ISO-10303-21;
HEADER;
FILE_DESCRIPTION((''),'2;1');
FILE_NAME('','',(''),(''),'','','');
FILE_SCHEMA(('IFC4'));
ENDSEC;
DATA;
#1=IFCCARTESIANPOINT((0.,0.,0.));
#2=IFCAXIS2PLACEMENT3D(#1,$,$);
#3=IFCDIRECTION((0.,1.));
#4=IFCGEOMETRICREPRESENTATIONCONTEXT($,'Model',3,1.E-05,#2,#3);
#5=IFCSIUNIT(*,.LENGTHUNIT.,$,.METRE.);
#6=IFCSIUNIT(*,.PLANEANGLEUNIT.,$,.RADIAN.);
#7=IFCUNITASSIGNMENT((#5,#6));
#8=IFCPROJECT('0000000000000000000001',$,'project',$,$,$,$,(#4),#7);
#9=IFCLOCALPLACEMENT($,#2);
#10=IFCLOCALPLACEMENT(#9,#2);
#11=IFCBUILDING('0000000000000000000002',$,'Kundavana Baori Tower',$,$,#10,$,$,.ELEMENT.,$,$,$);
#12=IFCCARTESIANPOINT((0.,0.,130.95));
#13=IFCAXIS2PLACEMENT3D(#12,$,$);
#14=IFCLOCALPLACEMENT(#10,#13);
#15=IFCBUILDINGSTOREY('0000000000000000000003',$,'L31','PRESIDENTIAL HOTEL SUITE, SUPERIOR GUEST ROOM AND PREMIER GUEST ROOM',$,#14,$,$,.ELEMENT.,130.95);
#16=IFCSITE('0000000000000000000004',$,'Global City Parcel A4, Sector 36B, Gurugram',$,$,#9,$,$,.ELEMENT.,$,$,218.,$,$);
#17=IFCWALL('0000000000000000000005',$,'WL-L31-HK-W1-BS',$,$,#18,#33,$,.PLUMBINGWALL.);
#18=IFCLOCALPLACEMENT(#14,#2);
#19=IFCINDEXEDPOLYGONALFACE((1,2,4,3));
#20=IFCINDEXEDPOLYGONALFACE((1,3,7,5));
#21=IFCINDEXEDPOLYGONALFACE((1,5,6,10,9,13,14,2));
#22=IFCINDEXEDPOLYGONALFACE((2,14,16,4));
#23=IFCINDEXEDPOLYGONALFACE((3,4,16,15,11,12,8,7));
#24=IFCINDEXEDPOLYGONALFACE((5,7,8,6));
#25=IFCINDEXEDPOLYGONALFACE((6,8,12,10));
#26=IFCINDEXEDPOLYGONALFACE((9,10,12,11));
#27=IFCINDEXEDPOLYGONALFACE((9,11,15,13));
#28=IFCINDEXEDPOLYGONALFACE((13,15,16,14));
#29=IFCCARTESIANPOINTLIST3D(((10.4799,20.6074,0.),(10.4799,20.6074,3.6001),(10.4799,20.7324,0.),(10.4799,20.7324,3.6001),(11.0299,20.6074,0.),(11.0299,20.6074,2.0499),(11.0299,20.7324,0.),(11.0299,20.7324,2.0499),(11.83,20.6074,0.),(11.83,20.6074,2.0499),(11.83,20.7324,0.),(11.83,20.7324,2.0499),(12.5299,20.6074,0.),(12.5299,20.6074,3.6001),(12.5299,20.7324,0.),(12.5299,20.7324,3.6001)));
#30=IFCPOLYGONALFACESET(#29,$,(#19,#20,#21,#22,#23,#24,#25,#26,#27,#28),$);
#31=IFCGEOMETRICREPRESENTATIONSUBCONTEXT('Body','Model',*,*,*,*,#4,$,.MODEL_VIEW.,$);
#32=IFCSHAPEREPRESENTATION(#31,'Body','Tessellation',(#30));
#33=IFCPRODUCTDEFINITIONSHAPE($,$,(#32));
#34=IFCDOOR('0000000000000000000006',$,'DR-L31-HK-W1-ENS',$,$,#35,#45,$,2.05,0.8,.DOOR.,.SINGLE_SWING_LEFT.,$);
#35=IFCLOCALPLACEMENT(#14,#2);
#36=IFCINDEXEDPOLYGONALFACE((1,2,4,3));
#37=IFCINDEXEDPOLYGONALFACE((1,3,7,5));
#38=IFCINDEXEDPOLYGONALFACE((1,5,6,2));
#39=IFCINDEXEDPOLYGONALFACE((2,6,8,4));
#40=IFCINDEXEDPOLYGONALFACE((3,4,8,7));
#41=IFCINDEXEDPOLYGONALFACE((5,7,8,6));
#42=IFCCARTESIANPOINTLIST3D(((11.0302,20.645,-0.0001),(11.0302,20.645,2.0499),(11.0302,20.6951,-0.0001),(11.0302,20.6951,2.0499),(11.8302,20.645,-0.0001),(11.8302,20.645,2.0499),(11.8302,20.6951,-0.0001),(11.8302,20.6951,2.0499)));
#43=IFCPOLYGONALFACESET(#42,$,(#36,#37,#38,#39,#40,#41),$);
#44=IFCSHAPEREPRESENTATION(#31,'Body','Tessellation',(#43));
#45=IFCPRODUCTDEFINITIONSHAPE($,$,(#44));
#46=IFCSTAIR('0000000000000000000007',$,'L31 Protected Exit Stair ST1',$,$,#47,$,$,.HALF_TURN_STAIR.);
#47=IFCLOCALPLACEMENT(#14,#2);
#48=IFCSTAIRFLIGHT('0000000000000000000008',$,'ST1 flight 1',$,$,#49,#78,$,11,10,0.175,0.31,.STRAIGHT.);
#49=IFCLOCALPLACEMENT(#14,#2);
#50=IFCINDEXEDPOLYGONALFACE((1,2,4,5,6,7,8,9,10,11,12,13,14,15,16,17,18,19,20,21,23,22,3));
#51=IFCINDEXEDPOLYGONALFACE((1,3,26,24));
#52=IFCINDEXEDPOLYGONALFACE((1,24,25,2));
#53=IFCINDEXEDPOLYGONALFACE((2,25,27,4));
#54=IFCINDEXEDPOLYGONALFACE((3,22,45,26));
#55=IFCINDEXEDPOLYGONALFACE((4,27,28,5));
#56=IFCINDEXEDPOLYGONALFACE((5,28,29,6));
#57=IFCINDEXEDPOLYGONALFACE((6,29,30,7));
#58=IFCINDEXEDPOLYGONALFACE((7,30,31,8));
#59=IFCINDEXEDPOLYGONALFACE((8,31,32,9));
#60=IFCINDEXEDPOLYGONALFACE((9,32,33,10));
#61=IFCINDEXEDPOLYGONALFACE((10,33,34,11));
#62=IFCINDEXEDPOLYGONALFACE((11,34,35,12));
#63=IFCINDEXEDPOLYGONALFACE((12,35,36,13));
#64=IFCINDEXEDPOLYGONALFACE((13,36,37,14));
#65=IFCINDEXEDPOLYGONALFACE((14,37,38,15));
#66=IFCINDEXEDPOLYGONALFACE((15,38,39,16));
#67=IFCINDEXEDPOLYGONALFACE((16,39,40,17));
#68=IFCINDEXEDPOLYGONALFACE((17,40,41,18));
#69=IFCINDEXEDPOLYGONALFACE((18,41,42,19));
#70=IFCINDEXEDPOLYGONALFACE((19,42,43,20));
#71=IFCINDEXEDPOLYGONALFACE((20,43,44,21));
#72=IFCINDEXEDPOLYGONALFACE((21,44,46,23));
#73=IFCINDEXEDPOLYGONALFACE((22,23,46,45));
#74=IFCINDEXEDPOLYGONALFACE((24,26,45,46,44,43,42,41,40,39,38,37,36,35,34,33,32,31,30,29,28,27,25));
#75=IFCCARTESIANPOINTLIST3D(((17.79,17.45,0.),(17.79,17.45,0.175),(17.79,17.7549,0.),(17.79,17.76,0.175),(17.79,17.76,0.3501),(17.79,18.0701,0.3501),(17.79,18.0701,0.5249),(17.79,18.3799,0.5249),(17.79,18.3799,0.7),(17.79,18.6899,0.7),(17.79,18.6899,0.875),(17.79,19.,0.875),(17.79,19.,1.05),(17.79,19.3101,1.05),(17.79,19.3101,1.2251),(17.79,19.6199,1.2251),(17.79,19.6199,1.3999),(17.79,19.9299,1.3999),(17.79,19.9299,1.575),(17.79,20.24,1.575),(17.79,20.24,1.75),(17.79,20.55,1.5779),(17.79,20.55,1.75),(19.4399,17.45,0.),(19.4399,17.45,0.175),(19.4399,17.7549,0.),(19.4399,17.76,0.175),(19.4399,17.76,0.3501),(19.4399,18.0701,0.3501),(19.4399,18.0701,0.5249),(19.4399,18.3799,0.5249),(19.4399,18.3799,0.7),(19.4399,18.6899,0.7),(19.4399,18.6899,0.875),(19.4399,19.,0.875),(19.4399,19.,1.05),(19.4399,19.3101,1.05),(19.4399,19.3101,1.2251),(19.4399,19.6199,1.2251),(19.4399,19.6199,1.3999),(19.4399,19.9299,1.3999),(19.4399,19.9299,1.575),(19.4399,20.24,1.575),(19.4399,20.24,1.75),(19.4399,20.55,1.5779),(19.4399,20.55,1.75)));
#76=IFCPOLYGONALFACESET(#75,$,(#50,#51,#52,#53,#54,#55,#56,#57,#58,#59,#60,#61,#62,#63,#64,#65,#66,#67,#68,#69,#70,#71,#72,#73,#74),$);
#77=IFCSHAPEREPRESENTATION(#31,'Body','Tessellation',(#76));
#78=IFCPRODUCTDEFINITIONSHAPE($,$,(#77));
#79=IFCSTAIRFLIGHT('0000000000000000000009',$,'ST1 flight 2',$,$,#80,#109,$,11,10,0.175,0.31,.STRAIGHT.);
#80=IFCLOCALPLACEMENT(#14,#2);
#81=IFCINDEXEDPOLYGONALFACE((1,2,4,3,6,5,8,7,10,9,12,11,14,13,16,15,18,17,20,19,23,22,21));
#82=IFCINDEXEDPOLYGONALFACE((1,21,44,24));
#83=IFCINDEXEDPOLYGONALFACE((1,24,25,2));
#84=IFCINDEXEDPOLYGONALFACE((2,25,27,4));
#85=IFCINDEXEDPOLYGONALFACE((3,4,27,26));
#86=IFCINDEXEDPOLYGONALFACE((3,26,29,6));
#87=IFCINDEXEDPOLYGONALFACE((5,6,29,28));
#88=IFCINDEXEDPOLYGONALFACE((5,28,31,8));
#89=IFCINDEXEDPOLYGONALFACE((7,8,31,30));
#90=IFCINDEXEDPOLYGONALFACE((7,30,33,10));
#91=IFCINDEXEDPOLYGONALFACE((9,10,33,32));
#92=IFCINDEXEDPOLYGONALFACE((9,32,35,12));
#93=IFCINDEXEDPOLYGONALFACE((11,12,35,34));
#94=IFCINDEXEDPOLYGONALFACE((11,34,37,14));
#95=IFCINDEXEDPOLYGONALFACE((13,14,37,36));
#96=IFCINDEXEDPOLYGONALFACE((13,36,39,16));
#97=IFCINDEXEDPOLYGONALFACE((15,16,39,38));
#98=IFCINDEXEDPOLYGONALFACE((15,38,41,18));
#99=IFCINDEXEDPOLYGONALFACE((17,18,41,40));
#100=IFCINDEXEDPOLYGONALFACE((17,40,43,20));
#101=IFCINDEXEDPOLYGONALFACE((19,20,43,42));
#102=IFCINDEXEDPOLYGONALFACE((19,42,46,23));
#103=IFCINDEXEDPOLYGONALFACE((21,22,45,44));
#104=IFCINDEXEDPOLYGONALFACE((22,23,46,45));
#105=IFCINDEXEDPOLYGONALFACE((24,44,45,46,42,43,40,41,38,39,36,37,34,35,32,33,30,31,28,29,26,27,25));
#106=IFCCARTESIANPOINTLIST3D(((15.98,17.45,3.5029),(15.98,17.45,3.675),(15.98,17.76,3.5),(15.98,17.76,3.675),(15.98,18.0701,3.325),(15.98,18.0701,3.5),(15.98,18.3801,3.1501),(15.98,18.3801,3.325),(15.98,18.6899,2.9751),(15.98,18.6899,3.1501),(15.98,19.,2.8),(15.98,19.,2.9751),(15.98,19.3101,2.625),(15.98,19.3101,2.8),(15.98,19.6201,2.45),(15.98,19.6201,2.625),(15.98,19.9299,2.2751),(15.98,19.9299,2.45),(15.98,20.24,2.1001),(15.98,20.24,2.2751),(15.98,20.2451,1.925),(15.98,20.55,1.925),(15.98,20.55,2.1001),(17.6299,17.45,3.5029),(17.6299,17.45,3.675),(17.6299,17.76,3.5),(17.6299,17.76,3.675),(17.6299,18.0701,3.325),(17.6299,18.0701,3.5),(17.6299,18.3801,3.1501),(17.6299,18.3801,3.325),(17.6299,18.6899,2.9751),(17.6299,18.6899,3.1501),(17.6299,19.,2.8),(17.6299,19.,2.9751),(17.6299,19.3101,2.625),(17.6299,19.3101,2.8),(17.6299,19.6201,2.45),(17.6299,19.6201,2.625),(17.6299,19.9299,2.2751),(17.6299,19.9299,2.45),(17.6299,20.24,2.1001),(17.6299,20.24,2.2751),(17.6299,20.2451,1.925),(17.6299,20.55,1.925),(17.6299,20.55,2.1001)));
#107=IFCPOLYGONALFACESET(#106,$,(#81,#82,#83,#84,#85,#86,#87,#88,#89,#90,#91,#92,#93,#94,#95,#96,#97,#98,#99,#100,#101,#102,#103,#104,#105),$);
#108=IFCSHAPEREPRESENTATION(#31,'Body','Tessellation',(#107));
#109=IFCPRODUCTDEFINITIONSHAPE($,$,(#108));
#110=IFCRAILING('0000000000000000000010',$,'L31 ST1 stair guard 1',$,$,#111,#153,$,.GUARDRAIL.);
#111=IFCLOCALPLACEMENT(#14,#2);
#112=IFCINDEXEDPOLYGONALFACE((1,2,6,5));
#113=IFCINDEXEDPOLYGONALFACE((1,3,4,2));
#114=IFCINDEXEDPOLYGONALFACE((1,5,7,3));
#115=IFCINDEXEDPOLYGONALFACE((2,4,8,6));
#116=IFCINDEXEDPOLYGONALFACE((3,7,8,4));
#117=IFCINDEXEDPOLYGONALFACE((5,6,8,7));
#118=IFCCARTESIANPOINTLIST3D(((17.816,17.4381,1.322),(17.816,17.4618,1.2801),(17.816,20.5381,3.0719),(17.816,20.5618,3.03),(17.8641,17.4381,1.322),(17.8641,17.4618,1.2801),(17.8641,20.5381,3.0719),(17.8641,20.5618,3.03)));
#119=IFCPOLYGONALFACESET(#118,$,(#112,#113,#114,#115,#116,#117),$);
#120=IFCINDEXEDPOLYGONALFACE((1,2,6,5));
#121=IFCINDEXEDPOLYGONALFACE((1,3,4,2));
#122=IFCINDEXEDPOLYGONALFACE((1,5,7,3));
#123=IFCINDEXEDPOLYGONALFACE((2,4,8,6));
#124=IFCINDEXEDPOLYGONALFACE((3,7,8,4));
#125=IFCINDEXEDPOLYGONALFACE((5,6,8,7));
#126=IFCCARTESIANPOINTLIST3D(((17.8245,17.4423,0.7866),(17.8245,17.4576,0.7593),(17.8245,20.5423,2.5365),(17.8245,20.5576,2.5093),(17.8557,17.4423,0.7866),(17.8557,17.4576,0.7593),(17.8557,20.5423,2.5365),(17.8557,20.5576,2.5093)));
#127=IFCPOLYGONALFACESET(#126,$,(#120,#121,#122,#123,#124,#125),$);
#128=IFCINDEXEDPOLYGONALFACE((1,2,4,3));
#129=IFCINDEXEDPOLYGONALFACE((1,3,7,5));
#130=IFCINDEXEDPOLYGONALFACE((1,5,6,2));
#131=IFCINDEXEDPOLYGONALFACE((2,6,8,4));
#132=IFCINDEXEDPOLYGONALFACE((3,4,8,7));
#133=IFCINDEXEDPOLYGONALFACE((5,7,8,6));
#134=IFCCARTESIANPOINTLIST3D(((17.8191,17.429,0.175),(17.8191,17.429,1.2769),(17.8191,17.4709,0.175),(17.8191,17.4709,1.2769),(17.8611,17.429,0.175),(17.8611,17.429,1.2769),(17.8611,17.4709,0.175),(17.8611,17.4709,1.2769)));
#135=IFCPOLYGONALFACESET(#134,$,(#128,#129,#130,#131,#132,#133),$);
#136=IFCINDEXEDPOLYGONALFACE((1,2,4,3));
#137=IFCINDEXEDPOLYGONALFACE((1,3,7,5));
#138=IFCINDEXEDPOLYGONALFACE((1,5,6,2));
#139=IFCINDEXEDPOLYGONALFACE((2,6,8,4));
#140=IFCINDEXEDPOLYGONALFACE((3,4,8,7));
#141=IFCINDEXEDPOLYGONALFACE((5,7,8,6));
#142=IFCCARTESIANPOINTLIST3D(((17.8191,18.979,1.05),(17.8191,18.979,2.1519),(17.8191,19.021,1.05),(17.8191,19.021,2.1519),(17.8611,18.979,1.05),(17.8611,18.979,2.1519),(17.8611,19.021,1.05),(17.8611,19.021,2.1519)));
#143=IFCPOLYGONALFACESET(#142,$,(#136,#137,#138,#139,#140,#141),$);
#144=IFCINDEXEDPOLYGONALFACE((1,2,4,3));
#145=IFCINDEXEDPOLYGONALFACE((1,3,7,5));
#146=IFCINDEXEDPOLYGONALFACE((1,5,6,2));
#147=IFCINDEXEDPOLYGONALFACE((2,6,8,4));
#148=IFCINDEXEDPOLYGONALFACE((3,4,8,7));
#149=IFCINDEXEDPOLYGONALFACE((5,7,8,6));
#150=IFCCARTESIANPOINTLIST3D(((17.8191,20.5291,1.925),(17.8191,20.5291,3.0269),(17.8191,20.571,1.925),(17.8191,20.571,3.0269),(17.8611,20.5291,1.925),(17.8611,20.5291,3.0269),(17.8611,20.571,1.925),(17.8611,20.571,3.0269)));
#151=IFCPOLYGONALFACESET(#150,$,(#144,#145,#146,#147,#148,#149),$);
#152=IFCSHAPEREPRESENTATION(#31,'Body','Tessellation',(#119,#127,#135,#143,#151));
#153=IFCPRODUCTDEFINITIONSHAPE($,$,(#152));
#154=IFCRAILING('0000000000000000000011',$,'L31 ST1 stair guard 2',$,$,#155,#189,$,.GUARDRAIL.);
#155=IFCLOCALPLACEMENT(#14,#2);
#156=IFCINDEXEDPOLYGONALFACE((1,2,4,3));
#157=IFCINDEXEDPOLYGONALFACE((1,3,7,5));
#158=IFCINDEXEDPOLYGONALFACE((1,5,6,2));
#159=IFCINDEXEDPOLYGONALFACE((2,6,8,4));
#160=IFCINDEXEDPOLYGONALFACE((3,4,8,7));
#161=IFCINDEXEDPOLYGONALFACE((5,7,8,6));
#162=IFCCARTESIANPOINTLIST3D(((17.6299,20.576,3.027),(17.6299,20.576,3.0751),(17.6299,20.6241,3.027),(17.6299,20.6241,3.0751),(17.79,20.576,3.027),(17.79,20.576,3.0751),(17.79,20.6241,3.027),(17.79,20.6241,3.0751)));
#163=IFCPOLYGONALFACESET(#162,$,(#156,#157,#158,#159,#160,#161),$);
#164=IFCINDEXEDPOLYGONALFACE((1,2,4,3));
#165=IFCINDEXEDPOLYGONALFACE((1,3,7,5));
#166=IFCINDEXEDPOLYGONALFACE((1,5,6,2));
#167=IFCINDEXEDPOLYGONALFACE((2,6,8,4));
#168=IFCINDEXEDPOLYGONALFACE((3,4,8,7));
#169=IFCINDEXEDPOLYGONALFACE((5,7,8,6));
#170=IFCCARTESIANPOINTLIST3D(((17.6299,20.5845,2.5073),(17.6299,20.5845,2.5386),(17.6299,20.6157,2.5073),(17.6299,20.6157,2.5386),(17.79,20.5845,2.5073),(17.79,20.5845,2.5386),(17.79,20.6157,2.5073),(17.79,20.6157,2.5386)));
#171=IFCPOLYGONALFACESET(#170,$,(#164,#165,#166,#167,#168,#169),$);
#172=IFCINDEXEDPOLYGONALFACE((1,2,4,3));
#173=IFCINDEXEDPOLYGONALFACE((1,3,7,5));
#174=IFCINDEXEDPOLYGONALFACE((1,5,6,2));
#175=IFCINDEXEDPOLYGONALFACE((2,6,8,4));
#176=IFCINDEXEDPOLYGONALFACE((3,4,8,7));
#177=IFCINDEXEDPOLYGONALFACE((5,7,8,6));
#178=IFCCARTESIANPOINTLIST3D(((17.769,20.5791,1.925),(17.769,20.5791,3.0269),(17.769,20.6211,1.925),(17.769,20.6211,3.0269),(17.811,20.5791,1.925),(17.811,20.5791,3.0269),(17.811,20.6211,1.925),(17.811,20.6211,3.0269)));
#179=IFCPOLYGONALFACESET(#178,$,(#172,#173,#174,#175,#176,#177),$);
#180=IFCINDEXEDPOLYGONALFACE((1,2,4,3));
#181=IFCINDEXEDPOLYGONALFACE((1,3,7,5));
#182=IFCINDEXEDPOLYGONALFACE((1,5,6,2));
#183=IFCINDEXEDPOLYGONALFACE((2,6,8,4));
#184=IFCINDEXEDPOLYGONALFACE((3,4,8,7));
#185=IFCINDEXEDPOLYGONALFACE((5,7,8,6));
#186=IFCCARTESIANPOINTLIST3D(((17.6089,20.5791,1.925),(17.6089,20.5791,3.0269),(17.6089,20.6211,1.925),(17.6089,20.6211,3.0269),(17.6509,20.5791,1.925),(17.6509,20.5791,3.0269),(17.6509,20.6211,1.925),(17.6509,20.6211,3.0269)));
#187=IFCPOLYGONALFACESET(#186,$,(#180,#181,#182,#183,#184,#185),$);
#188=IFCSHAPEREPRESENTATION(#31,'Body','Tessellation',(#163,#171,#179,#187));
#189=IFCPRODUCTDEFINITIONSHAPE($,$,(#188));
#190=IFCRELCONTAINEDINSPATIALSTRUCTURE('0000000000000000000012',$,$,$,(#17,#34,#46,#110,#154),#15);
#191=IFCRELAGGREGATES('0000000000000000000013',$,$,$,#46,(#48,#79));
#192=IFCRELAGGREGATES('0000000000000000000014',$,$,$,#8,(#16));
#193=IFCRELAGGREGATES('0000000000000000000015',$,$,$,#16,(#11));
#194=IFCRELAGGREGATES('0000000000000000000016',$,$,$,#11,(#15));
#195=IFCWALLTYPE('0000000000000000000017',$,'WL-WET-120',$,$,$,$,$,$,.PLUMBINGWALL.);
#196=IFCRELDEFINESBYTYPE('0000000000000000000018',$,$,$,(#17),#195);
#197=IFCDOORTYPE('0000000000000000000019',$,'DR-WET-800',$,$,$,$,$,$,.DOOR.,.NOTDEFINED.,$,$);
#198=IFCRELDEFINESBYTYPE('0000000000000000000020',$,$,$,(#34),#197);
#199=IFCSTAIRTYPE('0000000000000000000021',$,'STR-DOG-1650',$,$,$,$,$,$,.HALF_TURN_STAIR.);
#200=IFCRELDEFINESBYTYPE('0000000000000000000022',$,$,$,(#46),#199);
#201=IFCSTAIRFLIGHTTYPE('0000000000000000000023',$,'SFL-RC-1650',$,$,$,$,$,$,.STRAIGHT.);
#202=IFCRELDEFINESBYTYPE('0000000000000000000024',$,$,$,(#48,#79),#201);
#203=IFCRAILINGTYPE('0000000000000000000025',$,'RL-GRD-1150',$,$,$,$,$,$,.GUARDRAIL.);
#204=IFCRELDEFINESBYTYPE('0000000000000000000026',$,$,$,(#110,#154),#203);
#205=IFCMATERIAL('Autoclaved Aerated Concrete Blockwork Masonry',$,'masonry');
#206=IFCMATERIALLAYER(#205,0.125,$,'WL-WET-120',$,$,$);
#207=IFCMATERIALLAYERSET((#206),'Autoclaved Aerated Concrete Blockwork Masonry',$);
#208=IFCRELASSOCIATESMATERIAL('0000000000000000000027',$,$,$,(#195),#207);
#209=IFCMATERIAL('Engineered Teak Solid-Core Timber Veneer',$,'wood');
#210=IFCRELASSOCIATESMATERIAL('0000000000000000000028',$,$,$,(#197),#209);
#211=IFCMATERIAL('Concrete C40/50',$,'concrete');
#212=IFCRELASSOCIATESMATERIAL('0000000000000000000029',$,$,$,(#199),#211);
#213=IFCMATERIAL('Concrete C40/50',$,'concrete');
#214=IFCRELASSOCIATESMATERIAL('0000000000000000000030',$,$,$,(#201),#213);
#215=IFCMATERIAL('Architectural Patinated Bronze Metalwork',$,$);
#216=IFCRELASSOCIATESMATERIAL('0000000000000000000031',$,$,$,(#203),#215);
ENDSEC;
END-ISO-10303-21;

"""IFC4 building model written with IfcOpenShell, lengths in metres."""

from ifc_helpers import new_model, si_unit, direction, frame, frame_2d, origin, origin_2d, place, context, subcontext, project, spatial, polyline, rectangle, outline, extrude, material, layer, layer_set, type_object, element, fill, aggregate, save


model = new_model("IFC4")

# Units and contexts
model_context = context("Model", 3, precision=1e-05, world=origin(), true_north=direction((0.0, 1.0)))
body_context = subcontext(model_context, "Body", "Model", "MODEL_VIEW")
ifc_project = project(units=[si_unit("LENGTHUNIT", "METRE"), si_unit("PLANEANGLEUNIT", "RADIAN")], contexts=[model_context])

# Site, building, storey
site_placement = place(None, origin())
site = spatial("IfcSite", under=ifc_project, at=site_placement, Name="Global City Parcel A4, Sector 36B, Gurugram", CompositionType="ELEMENT", RefElevation=218.0)
building_placement = place(site_placement, origin())
building = spatial("IfcBuilding", under=site, at=building_placement, Name="Kundavana Baori Tower", CompositionType="ELEMENT")
storey_placement = place(building_placement, frame((0.0, 0.0, 130.95)))
storey = spatial("IfcBuildingStorey", under=building, at=storey_placement, Name="L31", Description="PRESIDENTIAL HOTEL SUITE, SUPERIOR GUEST ROOM AND PREMIER GUEST ROOM", CompositionType="ELEMENT", Elevation=130.95)

# Shared definitions
ifc_material_1 = material(Name="Autoclaved Aerated Concrete Blockwork Masonry", Category="masonry")
ifc_layer_1 = layer(ifc_material_1, 0.125, Name="WL-WET-120")
ifc_layer_set_1 = layer_set([ifc_layer_1], Name="Autoclaved Aerated Concrete Blockwork Masonry")
wall_type_1 = type_object("IfcWallType", Name="WL-WET-120", PredefinedType="PLUMBINGWALL", material=ifc_layer_set_1)

# Wall, opening, door
wall_1_placement = place(storey_placement, frame((10.48, 20.6699, 0.0), z_axis=(0.0, 0.0, 1.0), x_axis=(1.0, 0.0, 0.0)))
wall_1 = element("IfcWall", 1, at=wall_1_placement, inside=storey, type_object=wall_type_1, Name="WL-L31-HK-W1-BS", PredefinedType="PLUMBINGWALL", context=body_context, shape_type="SweptSolid", body=[
    extrude(rectangle(XDim=2.05, YDim=0.125, at=frame_2d((1.0249, 0.0))), origin(), (0.0, 0.0, 1.0), 3.6001),
])
opening_1_placement = place(wall_1_placement, frame((0.55, 0.0, 0.0)))
opening_1 = element("IfcOpeningElement", 2, at=opening_1_placement, cuts=wall_1, PredefinedType="OPENING", context=body_context, shape_type="SweptSolid", body=[
    extrude(rectangle(XDim=0.8, YDim=2.05, at=frame_2d((0.3999, 1.0249))), frame((0.0, 0.0725, 0.0), z_axis=(0.0, -1.0, 0.0), x_axis=(1.0, 0.0, 0.0)), (0.0, 0.0, 1.0), 0.145),
])
ifc_material_2 = material(Name="Engineered Teak Solid-Core Timber Veneer", Category="wood")
door_type_1 = type_object("IfcDoorType", Name="DR-WET-800", OperationType="NOTDEFINED", PredefinedType="DOOR", material=ifc_material_2)
door_1_placement = place(opening_1_placement, frame((0.8, 0.0, 0.0), z_axis=(0.0, 0.0, 1.0), x_axis=(-1.0, 0.0, 0.0)))
door_1 = element("IfcDoor", 3, at=door_1_placement, inside=storey, type_object=door_type_1, Name="DR-L31-HK-W1-ENS", OperationType="SINGLE_SWING_LEFT", OverallHeight=2.05, OverallWidth=0.8, PredefinedType="DOOR", context=body_context, shape_type="SweptSolid", body=[
    extrude(rectangle(XDim=0.8, YDim=2.05, at=frame_2d((0.3999, 1.0249))), frame((0.0, 0.0249, 0.0), z_axis=(0.0, -1.0, 0.0), x_axis=(1.0, 0.0, 0.0)), (0.0, 0.0, 1.0), 0.05),
])
fill(opening_1, door_1)

# Stair, stair flights
ifc_material_3 = material(Name="Concrete C40/50", Category="concrete")
stair_type = type_object("IfcStairType", Name="STR-DOG-1650", PredefinedType="HALF_TURN_STAIR", material=ifc_material_3)
stair_placement = place(storey_placement, origin())
stair = element("IfcStair", 4, at=stair_placement, inside=storey, type_object=stair_type, Name="L31 Protected Exit Stair ST1", PredefinedType="HALF_TURN_STAIR")
ifc_material_4 = material(Name="Concrete C40/50", Category="concrete")
stair_flight_type = type_object("IfcStairFlightType", Name="SFL-RC-1650", PredefinedType="STRAIGHT", material=ifc_material_4)
stair_flight_1_placement = place(storey_placement, frame((18.615, 17.45, 0.0), z_axis=(0.0, 0.0, 1.0), x_axis=(0.0, 1.0, 0.0)))
stair_flight_1 = element("IfcStairFlight", 5, at=stair_flight_1_placement, type_object=stair_flight_type, Name="ST1 flight 1", NumberOfRisers=11, NumberOfTreads=10, PredefinedType="STRAIGHT", RiserHeight=0.175, TreadLength=0.31, context=body_context, shape_type="SweptSolid", body=[
    extrude(outline(polyline([(0.0, 0.0), (0.0, 0.175), (0.3101, 0.175), (0.3101, 0.3501), (0.6201, 0.3501), (0.6201, 0.5249), (0.9299, 0.5249), (0.9299, 0.7), (1.24, 0.7), (1.24, 0.875), (1.55, 0.875), (1.55, 1.05), (1.8601, 1.05), (1.8601, 1.2251), (2.1699, 1.2251), (2.1699, 1.3999), (2.48, 1.3999), (2.48, 1.575), (2.79, 1.575), (2.79, 1.75), (3.1001, 1.75), (3.1001, 1.925), (3.1001, 1.5779), (0.3049, 0.0), (0.0, 0.0)])), frame((0.0, 0.825, 0.0), z_axis=(0.0, -1.0, 0.0), x_axis=(1.0, 0.0, 0.0)), (0.0, 0.0, 1.0), 1.6499),
])
stair_flight_2_placement = place(storey_placement, frame((16.8049, 20.55, 1.925), z_axis=(0.0, 0.0, 1.0), x_axis=(0.0, -1.0, 0.0)))
stair_flight_2 = element("IfcStairFlight", 6, at=stair_flight_2_placement, type_object=stair_flight_type, Name="ST1 flight 2", NumberOfRisers=11, NumberOfTreads=10, PredefinedType="STRAIGHT", RiserHeight=0.175, TreadLength=0.31, context=body_context, shape_type="SweptSolid", body=[
    extrude(outline(polyline([(0.0, 0.0), (0.0, 0.175), (0.3101, 0.175), (0.3101, 0.3501), (0.6201, 0.3501), (0.6201, 0.5249), (0.9299, 0.5249), (0.9299, 0.7), (1.24, 0.7), (1.24, 0.875), (1.55, 0.875), (1.55, 1.05), (1.8601, 1.05), (1.8601, 1.2251), (2.1699, 1.2251), (2.1699, 1.3999), (2.48, 1.3999), (2.48, 1.575), (2.79, 1.575), (2.79, 1.75), (3.1001, 1.75), (3.1001, 1.925), (3.1001, 1.5779), (0.3049, 0.0), (0.0, 0.0)])), frame((0.0, 0.825, 0.0), z_axis=(0.0, -1.0, 0.0), x_axis=(1.0, 0.0, 0.0)), (0.0, 0.0, 1.0), 1.6499),
])
aggregate(stair, [stair_flight_1, stair_flight_2])

# Railings
ifc_material_5 = material(Name="Architectural Patinated Bronze Metalwork")
railing_type_1 = type_object("IfcRailingType", Name="RL-GRD-1150", PredefinedType="GUARDRAIL", material=ifc_material_5)
railing_1_placement = place(storey_placement, frame((17.8401, 17.45, 0.175)))
element("IfcRailing", 7, at=railing_1_placement, inside=storey, type_object=railing_type_1, Name="L31 ST1 stair guard 1", PredefinedType="GUARDRAIL", context=body_context, shape_type="SweptSolid", body=[
    extrude(rectangle(XDim=0.0481, YDim=0.0481, at=origin_2d()), frame((0.0, 0.0, 1.126), z_axis=(0.0, 0.870831, 0.491583), x_axis=(-1.0, 0.0, 0.0)), (0.0, 0.0, 1.0), 3.5598),
    extrude(rectangle(XDim=0.0312, YDim=0.0312, at=origin_2d()), frame((0.0, 0.0, 0.5979), z_axis=(0.0, 0.870831, 0.491583), x_axis=(-1.0, 0.0, 0.0)), (0.0, 0.0, 1.0), 3.5598),
    extrude(rectangle(XDim=0.042, YDim=0.042, at=origin_2d()), origin(), (0.0, 0.0, 1.0), 1.1018),
    extrude(rectangle(XDim=0.042, YDim=0.042, at=origin_2d()), frame((0.0, 1.55, 0.875)), (0.0, 0.0, 1.0), 1.1018),
    extrude(rectangle(XDim=0.042, YDim=0.042, at=origin_2d()), frame((0.0, 3.1001, 1.75)), (0.0, 0.0, 1.0), 1.1018),
])
railing_2_placement = place(storey_placement, frame((17.79, 20.6001, 1.925)))
element("IfcRailing", 8, at=railing_2_placement, inside=storey, type_object=railing_type_1, Name="L31 ST1 stair guard 2", PredefinedType="GUARDRAIL", context=body_context, shape_type="SweptSolid", body=[
    extrude(rectangle(XDim=0.0481, YDim=0.0481, at=origin_2d()), frame((0.0, 0.0, 1.126), z_axis=(-1.0, 0.0, 0.0), x_axis=(0.0, -1.0, 0.0)), (0.0, 0.0, 1.0), 0.1602),
    extrude(rectangle(XDim=0.0312, YDim=0.0312, at=origin_2d()), frame((0.0, 0.0, 0.5979), z_axis=(-1.0, 0.0, 0.0), x_axis=(0.0, -1.0, 0.0)), (0.0, 0.0, 1.0), 0.1602),
    extrude(rectangle(XDim=0.042, YDim=0.042, at=origin_2d()), origin(), (0.0, 0.0, 1.0), 1.1018),
    extrude(rectangle(XDim=0.042, YDim=0.042, at=origin_2d()), frame((-0.1602, 0.0, 0.0)), (0.0, 0.0, 1.0), 1.1018),
])

save(model, "model.ifc")
